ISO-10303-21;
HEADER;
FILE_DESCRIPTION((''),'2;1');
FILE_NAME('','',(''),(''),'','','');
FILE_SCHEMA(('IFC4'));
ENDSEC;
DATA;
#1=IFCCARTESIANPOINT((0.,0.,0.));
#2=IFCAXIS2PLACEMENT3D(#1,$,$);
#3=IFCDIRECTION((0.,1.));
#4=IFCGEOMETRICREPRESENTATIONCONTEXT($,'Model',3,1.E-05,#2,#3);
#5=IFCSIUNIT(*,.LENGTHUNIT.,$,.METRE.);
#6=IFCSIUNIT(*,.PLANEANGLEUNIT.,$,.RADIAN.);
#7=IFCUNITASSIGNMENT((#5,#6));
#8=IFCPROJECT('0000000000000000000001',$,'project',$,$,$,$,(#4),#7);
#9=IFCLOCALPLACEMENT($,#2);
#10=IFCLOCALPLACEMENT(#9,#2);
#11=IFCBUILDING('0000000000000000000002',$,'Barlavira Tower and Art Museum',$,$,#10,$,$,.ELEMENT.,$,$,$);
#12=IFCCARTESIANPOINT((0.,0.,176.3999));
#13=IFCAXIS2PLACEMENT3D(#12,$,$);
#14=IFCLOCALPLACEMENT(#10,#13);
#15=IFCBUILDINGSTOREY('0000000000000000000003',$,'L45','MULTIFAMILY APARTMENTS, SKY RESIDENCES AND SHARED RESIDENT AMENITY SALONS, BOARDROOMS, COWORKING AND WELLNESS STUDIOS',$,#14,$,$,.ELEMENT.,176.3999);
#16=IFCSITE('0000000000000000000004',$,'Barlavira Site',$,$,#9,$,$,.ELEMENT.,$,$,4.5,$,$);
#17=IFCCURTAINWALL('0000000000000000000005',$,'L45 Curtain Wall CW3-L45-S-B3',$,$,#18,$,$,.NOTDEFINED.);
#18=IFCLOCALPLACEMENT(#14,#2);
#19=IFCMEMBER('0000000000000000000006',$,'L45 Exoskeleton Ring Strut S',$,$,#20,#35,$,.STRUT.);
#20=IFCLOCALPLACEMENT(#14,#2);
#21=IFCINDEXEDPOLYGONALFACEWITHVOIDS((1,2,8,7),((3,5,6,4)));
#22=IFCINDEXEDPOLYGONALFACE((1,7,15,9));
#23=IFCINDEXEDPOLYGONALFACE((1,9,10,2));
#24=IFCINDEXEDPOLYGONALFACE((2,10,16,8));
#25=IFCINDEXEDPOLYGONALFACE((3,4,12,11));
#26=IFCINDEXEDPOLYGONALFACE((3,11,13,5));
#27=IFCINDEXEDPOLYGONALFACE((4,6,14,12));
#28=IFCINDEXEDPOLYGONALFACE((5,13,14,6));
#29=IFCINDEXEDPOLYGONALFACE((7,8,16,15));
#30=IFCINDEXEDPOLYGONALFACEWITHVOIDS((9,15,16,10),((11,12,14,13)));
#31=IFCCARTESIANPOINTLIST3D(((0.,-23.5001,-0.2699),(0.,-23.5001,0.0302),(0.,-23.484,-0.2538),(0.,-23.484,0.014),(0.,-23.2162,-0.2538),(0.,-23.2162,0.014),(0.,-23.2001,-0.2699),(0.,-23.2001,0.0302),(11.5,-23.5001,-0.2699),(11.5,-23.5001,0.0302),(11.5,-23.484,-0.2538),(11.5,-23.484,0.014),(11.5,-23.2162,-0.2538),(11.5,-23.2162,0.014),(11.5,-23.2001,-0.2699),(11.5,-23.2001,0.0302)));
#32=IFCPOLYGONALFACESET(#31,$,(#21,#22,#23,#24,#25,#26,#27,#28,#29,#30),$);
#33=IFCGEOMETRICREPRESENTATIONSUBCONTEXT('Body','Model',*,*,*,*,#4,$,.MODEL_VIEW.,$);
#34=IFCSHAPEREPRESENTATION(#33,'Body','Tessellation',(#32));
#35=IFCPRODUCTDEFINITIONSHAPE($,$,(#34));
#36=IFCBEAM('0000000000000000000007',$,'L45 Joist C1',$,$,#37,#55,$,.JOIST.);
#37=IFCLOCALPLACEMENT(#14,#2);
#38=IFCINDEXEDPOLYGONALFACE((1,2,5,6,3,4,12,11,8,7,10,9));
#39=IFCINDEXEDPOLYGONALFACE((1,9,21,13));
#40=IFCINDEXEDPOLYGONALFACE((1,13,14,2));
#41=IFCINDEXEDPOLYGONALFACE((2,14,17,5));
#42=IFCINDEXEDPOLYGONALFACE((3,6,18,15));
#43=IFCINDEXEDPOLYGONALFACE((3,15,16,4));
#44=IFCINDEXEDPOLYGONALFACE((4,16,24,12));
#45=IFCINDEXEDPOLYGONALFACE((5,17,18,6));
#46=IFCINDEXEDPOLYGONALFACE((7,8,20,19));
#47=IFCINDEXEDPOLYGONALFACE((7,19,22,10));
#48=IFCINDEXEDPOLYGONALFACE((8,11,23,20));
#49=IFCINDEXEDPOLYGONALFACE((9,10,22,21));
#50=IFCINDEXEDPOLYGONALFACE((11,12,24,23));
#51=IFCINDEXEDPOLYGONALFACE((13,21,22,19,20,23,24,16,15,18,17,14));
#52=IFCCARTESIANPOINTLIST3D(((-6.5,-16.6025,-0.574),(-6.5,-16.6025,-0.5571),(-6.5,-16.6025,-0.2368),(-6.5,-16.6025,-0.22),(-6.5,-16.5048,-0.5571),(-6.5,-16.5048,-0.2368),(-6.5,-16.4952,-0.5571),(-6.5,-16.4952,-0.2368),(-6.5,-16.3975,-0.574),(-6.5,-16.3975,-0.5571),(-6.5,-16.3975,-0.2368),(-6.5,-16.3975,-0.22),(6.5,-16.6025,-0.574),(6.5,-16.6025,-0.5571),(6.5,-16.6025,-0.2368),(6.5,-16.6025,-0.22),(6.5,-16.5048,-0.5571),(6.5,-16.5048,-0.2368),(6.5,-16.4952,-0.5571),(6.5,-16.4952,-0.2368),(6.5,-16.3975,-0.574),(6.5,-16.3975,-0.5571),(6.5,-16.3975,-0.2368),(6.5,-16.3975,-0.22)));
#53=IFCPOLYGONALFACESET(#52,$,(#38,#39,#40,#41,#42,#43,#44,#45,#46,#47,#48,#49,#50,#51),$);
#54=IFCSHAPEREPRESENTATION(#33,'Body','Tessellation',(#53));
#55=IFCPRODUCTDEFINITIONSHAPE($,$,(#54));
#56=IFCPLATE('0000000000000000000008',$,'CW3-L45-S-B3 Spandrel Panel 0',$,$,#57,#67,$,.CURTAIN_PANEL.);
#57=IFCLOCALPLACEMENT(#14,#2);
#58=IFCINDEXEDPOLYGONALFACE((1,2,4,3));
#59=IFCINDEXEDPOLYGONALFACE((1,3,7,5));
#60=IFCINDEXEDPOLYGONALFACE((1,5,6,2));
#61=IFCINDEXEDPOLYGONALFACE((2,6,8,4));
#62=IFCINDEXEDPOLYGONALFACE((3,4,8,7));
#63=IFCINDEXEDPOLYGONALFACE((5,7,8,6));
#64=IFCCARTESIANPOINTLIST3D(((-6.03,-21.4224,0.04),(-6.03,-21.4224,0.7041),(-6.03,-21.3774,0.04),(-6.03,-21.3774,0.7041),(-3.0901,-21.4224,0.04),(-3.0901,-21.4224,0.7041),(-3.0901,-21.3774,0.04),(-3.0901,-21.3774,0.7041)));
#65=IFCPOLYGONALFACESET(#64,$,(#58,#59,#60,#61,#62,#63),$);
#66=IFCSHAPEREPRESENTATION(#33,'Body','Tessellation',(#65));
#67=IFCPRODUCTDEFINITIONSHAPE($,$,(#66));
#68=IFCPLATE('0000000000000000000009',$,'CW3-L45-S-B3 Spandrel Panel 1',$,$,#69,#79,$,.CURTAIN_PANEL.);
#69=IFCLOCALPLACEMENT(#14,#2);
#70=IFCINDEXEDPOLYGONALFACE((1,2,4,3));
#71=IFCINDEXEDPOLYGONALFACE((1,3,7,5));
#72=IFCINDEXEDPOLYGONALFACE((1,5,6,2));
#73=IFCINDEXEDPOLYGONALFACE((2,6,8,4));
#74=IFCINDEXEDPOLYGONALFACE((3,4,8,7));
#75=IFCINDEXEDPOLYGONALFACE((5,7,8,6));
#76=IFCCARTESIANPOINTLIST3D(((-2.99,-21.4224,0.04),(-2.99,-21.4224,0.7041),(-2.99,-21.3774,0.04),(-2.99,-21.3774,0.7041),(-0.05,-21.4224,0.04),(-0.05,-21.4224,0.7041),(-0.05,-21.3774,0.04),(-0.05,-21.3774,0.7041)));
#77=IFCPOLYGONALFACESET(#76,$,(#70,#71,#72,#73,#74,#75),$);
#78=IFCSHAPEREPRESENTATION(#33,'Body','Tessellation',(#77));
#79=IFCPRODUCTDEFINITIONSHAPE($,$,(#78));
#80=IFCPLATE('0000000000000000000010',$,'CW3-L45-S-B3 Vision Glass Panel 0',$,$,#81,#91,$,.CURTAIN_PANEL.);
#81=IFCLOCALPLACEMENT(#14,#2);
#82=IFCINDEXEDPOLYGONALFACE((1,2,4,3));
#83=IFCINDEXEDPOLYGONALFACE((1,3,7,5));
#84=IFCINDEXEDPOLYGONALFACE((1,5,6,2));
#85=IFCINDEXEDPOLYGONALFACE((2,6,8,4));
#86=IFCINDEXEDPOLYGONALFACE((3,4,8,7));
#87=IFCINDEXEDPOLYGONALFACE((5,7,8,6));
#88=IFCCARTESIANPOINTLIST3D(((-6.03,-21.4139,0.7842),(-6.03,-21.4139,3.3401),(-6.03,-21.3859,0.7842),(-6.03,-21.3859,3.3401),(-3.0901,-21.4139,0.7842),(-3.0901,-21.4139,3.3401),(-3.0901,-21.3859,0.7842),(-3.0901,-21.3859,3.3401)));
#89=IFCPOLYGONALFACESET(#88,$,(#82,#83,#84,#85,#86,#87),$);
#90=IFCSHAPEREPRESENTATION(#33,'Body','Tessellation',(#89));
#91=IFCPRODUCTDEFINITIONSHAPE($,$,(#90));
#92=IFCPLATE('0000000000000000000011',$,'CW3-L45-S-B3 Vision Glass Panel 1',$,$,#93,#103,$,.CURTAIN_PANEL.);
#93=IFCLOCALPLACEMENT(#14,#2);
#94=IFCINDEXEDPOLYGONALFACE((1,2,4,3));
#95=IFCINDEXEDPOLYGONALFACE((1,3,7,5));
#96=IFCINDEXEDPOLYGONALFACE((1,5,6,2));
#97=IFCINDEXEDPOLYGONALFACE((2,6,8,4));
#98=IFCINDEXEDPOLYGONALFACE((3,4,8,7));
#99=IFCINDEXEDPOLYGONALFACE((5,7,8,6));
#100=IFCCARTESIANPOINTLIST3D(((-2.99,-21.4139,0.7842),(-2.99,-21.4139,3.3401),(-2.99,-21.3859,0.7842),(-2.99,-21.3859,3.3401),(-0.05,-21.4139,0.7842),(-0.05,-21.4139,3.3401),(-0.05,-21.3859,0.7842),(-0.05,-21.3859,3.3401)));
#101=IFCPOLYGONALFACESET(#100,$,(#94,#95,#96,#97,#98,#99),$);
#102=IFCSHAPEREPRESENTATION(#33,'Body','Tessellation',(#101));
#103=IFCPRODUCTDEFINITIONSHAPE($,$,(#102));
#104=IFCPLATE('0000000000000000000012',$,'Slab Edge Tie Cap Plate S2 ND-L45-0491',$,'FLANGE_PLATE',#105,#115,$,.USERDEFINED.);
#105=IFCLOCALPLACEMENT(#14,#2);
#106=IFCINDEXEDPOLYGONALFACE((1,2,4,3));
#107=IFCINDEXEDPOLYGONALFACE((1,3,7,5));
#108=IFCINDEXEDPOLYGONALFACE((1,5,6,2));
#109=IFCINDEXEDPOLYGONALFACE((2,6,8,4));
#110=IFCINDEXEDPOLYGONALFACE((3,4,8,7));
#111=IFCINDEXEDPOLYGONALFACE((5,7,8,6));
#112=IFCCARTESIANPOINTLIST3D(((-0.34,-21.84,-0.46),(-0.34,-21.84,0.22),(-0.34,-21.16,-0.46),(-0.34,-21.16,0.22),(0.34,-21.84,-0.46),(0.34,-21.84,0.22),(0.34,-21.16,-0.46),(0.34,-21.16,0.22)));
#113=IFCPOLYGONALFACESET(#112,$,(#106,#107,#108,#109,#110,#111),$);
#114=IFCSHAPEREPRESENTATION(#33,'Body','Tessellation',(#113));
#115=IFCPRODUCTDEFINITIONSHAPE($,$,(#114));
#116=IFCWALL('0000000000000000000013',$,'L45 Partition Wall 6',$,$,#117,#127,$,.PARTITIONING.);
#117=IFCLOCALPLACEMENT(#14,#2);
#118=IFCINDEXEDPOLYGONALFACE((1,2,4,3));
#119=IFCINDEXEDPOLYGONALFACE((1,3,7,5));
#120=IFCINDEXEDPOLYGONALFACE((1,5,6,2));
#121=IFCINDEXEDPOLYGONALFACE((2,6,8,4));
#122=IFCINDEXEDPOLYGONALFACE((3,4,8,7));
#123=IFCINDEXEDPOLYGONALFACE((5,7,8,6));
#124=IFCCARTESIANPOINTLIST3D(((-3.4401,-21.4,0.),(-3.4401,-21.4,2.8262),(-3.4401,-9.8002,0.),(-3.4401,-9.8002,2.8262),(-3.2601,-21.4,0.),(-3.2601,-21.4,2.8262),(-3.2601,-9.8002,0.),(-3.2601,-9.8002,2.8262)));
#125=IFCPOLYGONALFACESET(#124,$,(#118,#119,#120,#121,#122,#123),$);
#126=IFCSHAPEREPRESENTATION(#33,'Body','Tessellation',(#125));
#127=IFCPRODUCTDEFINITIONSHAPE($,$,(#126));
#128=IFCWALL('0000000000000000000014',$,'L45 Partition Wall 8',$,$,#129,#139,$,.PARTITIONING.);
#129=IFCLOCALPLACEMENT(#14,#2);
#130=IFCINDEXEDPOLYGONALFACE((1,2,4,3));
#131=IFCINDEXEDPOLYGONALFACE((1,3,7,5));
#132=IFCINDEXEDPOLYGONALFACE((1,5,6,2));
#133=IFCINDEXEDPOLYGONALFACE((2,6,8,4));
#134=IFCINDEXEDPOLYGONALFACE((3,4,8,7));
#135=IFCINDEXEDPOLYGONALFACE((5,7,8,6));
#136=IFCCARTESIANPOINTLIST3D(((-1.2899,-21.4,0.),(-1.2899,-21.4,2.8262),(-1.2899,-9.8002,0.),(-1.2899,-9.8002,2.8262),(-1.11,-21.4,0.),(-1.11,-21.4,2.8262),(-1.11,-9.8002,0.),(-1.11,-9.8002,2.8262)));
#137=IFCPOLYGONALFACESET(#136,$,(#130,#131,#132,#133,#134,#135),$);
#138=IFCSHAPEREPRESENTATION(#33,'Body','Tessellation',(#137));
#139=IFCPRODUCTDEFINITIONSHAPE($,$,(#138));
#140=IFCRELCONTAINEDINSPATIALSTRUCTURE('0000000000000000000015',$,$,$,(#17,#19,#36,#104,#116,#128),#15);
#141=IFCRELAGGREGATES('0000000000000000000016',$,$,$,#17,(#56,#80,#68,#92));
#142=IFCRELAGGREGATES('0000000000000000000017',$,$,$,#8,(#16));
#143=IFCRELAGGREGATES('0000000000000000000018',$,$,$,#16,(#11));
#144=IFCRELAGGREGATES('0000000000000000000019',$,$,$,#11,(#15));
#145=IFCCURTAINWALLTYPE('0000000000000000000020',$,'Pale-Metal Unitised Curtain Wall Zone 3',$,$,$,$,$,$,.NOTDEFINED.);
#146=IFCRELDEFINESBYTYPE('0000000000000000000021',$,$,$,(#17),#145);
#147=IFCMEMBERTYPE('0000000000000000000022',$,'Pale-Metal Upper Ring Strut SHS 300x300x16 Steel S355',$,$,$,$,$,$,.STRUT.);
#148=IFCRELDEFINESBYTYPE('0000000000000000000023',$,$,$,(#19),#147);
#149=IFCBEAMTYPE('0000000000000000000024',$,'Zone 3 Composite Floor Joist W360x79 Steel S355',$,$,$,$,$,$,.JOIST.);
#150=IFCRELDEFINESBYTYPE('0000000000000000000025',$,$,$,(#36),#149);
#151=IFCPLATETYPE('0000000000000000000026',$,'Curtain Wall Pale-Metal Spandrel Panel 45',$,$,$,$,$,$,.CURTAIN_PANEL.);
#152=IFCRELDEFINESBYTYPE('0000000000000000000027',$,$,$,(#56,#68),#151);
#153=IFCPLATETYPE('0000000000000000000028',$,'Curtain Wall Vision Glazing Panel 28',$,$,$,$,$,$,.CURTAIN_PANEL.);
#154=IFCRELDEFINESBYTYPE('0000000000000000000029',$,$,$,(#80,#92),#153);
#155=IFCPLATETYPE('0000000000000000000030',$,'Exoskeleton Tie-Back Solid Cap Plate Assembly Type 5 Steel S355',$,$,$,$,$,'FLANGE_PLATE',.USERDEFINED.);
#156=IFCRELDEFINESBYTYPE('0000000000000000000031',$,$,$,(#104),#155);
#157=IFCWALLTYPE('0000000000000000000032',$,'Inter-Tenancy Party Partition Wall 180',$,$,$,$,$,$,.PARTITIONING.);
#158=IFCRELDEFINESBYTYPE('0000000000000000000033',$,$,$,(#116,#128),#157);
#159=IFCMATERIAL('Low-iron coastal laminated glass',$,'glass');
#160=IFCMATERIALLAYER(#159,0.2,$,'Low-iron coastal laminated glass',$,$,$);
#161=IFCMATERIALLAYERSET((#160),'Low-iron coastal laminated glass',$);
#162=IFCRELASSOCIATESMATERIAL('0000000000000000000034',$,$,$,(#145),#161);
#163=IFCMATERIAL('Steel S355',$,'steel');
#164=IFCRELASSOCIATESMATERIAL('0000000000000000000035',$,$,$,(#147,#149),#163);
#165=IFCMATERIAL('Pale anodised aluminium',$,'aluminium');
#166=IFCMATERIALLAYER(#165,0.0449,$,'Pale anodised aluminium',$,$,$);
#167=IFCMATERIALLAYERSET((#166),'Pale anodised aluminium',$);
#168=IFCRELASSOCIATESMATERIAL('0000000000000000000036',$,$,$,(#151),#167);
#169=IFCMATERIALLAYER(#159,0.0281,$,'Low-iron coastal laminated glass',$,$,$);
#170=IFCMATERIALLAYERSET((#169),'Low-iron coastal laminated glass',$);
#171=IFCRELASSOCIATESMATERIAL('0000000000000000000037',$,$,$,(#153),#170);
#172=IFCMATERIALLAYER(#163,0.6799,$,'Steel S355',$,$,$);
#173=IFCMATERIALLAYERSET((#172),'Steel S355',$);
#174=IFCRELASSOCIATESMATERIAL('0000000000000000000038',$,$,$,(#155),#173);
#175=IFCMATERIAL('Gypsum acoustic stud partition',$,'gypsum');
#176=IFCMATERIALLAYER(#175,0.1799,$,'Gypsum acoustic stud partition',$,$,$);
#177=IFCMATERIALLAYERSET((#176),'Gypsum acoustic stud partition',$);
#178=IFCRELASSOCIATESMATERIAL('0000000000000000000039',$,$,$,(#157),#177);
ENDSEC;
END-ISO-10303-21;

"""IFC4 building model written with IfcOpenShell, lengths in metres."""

from ifc_helpers import new_model, si_unit, direction, frame, frame_2d, origin, origin_2d, place, context, subcontext, project, spatial, rectangle, hollow_rectangle, i_section, extrude, material, layer, layer_set, material_profile, profile_set, type_object, element, aggregate, save


model = new_model("IFC4")

# Units and contexts
model_context = context("Model", 3, precision=1e-05, world=origin(), true_north=direction((0.0, 1.0)))
body_context = subcontext(model_context, "Body", "Model", "MODEL_VIEW")
ifc_project = project(units=[si_unit("LENGTHUNIT", "METRE"), si_unit("PLANEANGLEUNIT", "RADIAN")], contexts=[model_context])

# Site, building, storey
site_placement = place(None, origin())
site = spatial("IfcSite", under=ifc_project, at=site_placement, Name="Barlavira Site", CompositionType="ELEMENT", RefElevation=4.5)
building_placement = place(site_placement, origin())
building = spatial("IfcBuilding", under=site, at=building_placement, Name="Barlavira Tower and Art Museum", CompositionType="ELEMENT")
storey_placement = place(building_placement, frame((0.0, 0.0, 176.3999)))
storey = spatial("IfcBuildingStorey", under=building, at=storey_placement, Name="L45", Description="MULTIFAMILY APARTMENTS, SKY RESIDENCES AND SHARED RESIDENT AMENITY SALONS, BOARDROOMS, COWORKING AND WELLNESS STUDIOS", CompositionType="ELEMENT", Elevation=176.3999)

# Curtain wall
ifc_material_1 = material(Name="Low-iron coastal laminated glass", Category="glass")
ifc_layer_1 = layer(ifc_material_1, 0.2, Name="Low-iron coastal laminated glass")
ifc_layer_set_1 = layer_set([ifc_layer_1], Name="Low-iron coastal laminated glass")
curtain_wall_type = type_object("IfcCurtainWallType", Name="Pale-Metal Unitised Curtain Wall Zone 3", PredefinedType="NOTDEFINED", material=ifc_layer_set_1)
curtain_wall_placement = place(storey_placement, origin())
curtain_wall = element("IfcCurtainWall", 1, at=curtain_wall_placement, inside=storey, type_object=curtain_wall_type, Name="L45 Curtain Wall CW3-L45-S-B3", PredefinedType="NOTDEFINED")
ifc_material_2 = material(Name="Pale anodised aluminium", Category="aluminium")

# Member
ifc_material_3 = material(Name="Steel S355", Category="steel")
ifc_material_profile_1 = material_profile(ifc_material_3, hollow_rectangle(XDim=0.3, YDim=0.3, WallThickness=0.0161, at=origin_2d()), Name="SHS 300x300x16.0")
ifc_profile_set_1 = profile_set([ifc_material_profile_1], Name="Steel S355")
member_type_1 = type_object("IfcMemberType", Name="Pale-Metal Upper Ring Strut SHS 300x300x16 Steel S355", PredefinedType="STRUT", material=ifc_profile_set_1)
member_1_placement = place(storey_placement, frame((0.0, -23.3501, -0.1199), z_axis=(1.0, 0.0, 0.0), x_axis=(0.0, 1.0, 0.0)))
element("IfcMember", 2, at=member_1_placement, inside=storey, type_object=member_type_1, Name="L45 Exoskeleton Ring Strut S", PredefinedType="STRUT", context=body_context, shape_type="SweptSolid", body=[
    extrude(hollow_rectangle(XDim=0.3, YDim=0.3, WallThickness=0.0161, at=origin_2d()), origin(), (0.0, 0.0, 1.0), 11.5),
])

# Beam
ifc_material_profile_2 = material_profile(ifc_material_3, i_section(OverallWidth=0.2051, OverallDepth=0.354, WebThickness=0.0095, FlangeThickness=0.0168, at=origin_2d()), Name="W360x79.0")
ifc_profile_set_2 = profile_set([ifc_material_profile_2], Name="Steel S355")
beam_type = type_object("IfcBeamType", Name="Zone 3 Composite Floor Joist W360x79 Steel S355", PredefinedType="JOIST", material=ifc_profile_set_2)
beam_placement = place(storey_placement, frame((-6.5, -16.5, -0.397), z_axis=(1.0, 0.0, 0.0), x_axis=(0.0, 1.0, 0.0)))
element("IfcBeam", 3, at=beam_placement, inside=storey, type_object=beam_type, Name="L45 Joist C1", PredefinedType="JOIST", context=body_context, shape_type="SweptSolid", body=[
    extrude(i_section(OverallWidth=0.2051, OverallDepth=0.354, WebThickness=0.0095, FlangeThickness=0.0168, at=origin_2d()), origin(), (0.0, 0.0, 1.0), 13.0),
])

# Plates
ifc_layer_2 = layer(ifc_material_2, 0.0449, Name="Pale anodised aluminium")
ifc_layer_set_2 = layer_set([ifc_layer_2], Name="Pale anodised aluminium")
plate_type_1 = type_object("IfcPlateType", Name="Curtain Wall Pale-Metal Spandrel Panel 45", PredefinedType="CURTAIN_PANEL", material=ifc_layer_set_2)
plate_1_placement = place(storey_placement, frame((-4.5601, -21.3999, 0.04), z_axis=(0.0, 0.0, 1.0), x_axis=(1.0, 0.0, 0.0)))
plate_1 = element("IfcPlate", 4, at=plate_1_placement, type_object=plate_type_1, Name="CW3-L45-S-B3 Spandrel Panel 0", PredefinedType="CURTAIN_PANEL", context=body_context, shape_type="SweptSolid", body=[
    extrude(rectangle(XDim=2.9399, YDim=0.0449, at=origin_2d()), origin(), (0.0, 0.0, 1.0), 0.6641),
])
plate_2_placement = place(storey_placement, frame((-1.52, -21.3999, 0.04), z_axis=(0.0, 0.0, 1.0), x_axis=(1.0, 0.0, 0.0)))
plate_2 = element("IfcPlate", 5, at=plate_2_placement, type_object=plate_type_1, Name="CW3-L45-S-B3 Spandrel Panel 1", PredefinedType="CURTAIN_PANEL", context=body_context, shape_type="SweptSolid", body=[
    extrude(rectangle(XDim=2.9399, YDim=0.0449, at=origin_2d()), origin(), (0.0, 0.0, 1.0), 0.6641),
])
ifc_layer_3 = layer(ifc_material_1, 0.0281, Name="Low-iron coastal laminated glass")
ifc_layer_set_3 = layer_set([ifc_layer_3], Name="Low-iron coastal laminated glass")
plate_type_2 = type_object("IfcPlateType", Name="Curtain Wall Vision Glazing Panel 28", PredefinedType="CURTAIN_PANEL", material=ifc_layer_set_3)
plate_3_placement = place(storey_placement, frame((-4.5601, -21.3999, 0.7842), z_axis=(0.0, 0.0, 1.0), x_axis=(1.0, 0.0, 0.0)))
plate_3 = element("IfcPlate", 6, at=plate_3_placement, type_object=plate_type_2, Name="CW3-L45-S-B3 Vision Glass Panel 0", PredefinedType="CURTAIN_PANEL", context=body_context, shape_type="SweptSolid", body=[
    extrude(rectangle(XDim=2.9399, YDim=0.0281, at=origin_2d()), origin(), (0.0, 0.0, 1.0), 2.5559),
])
plate_4_placement = place(storey_placement, frame((-1.52, -21.3999, 0.7842), z_axis=(0.0, 0.0, 1.0), x_axis=(1.0, 0.0, 0.0)))
plate_4 = element("IfcPlate", 7, at=plate_4_placement, type_object=plate_type_2, Name="CW3-L45-S-B3 Vision Glass Panel 1", PredefinedType="CURTAIN_PANEL", context=body_context, shape_type="SweptSolid", body=[
    extrude(rectangle(XDim=2.9399, YDim=0.0281, at=origin_2d()), origin(), (0.0, 0.0, 1.0), 2.5559),
])
aggregate(curtain_wall, [plate_1, plate_3, plate_2, plate_4])
ifc_layer_4 = layer(ifc_material_3, 0.6799, Name="Steel S355")
ifc_layer_set_4 = layer_set([ifc_layer_4], Name="Steel S355")
plate_type_3 = type_object("IfcPlateType", Name="Exoskeleton Tie-Back Solid Cap Plate Assembly Type 5 Steel S355", ElementType="FLANGE_PLATE", PredefinedType="USERDEFINED", material=ifc_layer_set_4)
plate_5_placement = place(storey_placement, frame((0.0, -21.5, -0.46), z_axis=(0.0, 0.0, 1.0), x_axis=(1.0, 0.0, 0.0)))
element("IfcPlate", 8, at=plate_5_placement, inside=storey, type_object=plate_type_3, Name="Slab Edge Tie Cap Plate S2 ND-L45-0491", ObjectType="FLANGE_PLATE", PredefinedType="USERDEFINED", context=body_context, shape_type="SweptSolid", body=[
    extrude(rectangle(XDim=0.6799, YDim=0.6799, at=origin_2d()), origin(), (0.0, 0.0, 1.0), 0.6799),
])

# Walls
ifc_material_4 = material(Name="Gypsum acoustic stud partition", Category="gypsum")
ifc_layer_5 = layer(ifc_material_4, 0.1799, Name="Gypsum acoustic stud partition")
ifc_layer_set_5 = layer_set([ifc_layer_5], Name="Gypsum acoustic stud partition")
wall_type = type_object("IfcWallType", Name="Inter-Tenancy Party Partition Wall 180", PredefinedType="PARTITIONING", material=ifc_layer_set_5)
for number, where, z_axis, x_axis, name in (
    (9, (-3.3501, -21.3999, 0.0), (0.0, 0.0, 1.0), (0.0, 1.0, 0.0), "L45 Partition Wall 6"),
    (10, (-1.2, -21.3999, 0.0), (0.0, 0.0, 1.0), (0.0, 1.0, 0.0), "L45 Partition Wall 8"),
):
    element("IfcWall", number, at=place(storey_placement, frame(where, z_axis=z_axis, x_axis=x_axis)), inside=storey, type_object=wall_type, Name=name, PredefinedType="PARTITIONING", context=body_context, shape_type="SweptSolid", body=[
        extrude(rectangle(XDim=11.5999, YDim=0.1799, at=frame_2d((5.7998, 0.0))), origin(), (0.0, 0.0, 1.0), 2.8262),
    ])

save(model, "model.ifc")
